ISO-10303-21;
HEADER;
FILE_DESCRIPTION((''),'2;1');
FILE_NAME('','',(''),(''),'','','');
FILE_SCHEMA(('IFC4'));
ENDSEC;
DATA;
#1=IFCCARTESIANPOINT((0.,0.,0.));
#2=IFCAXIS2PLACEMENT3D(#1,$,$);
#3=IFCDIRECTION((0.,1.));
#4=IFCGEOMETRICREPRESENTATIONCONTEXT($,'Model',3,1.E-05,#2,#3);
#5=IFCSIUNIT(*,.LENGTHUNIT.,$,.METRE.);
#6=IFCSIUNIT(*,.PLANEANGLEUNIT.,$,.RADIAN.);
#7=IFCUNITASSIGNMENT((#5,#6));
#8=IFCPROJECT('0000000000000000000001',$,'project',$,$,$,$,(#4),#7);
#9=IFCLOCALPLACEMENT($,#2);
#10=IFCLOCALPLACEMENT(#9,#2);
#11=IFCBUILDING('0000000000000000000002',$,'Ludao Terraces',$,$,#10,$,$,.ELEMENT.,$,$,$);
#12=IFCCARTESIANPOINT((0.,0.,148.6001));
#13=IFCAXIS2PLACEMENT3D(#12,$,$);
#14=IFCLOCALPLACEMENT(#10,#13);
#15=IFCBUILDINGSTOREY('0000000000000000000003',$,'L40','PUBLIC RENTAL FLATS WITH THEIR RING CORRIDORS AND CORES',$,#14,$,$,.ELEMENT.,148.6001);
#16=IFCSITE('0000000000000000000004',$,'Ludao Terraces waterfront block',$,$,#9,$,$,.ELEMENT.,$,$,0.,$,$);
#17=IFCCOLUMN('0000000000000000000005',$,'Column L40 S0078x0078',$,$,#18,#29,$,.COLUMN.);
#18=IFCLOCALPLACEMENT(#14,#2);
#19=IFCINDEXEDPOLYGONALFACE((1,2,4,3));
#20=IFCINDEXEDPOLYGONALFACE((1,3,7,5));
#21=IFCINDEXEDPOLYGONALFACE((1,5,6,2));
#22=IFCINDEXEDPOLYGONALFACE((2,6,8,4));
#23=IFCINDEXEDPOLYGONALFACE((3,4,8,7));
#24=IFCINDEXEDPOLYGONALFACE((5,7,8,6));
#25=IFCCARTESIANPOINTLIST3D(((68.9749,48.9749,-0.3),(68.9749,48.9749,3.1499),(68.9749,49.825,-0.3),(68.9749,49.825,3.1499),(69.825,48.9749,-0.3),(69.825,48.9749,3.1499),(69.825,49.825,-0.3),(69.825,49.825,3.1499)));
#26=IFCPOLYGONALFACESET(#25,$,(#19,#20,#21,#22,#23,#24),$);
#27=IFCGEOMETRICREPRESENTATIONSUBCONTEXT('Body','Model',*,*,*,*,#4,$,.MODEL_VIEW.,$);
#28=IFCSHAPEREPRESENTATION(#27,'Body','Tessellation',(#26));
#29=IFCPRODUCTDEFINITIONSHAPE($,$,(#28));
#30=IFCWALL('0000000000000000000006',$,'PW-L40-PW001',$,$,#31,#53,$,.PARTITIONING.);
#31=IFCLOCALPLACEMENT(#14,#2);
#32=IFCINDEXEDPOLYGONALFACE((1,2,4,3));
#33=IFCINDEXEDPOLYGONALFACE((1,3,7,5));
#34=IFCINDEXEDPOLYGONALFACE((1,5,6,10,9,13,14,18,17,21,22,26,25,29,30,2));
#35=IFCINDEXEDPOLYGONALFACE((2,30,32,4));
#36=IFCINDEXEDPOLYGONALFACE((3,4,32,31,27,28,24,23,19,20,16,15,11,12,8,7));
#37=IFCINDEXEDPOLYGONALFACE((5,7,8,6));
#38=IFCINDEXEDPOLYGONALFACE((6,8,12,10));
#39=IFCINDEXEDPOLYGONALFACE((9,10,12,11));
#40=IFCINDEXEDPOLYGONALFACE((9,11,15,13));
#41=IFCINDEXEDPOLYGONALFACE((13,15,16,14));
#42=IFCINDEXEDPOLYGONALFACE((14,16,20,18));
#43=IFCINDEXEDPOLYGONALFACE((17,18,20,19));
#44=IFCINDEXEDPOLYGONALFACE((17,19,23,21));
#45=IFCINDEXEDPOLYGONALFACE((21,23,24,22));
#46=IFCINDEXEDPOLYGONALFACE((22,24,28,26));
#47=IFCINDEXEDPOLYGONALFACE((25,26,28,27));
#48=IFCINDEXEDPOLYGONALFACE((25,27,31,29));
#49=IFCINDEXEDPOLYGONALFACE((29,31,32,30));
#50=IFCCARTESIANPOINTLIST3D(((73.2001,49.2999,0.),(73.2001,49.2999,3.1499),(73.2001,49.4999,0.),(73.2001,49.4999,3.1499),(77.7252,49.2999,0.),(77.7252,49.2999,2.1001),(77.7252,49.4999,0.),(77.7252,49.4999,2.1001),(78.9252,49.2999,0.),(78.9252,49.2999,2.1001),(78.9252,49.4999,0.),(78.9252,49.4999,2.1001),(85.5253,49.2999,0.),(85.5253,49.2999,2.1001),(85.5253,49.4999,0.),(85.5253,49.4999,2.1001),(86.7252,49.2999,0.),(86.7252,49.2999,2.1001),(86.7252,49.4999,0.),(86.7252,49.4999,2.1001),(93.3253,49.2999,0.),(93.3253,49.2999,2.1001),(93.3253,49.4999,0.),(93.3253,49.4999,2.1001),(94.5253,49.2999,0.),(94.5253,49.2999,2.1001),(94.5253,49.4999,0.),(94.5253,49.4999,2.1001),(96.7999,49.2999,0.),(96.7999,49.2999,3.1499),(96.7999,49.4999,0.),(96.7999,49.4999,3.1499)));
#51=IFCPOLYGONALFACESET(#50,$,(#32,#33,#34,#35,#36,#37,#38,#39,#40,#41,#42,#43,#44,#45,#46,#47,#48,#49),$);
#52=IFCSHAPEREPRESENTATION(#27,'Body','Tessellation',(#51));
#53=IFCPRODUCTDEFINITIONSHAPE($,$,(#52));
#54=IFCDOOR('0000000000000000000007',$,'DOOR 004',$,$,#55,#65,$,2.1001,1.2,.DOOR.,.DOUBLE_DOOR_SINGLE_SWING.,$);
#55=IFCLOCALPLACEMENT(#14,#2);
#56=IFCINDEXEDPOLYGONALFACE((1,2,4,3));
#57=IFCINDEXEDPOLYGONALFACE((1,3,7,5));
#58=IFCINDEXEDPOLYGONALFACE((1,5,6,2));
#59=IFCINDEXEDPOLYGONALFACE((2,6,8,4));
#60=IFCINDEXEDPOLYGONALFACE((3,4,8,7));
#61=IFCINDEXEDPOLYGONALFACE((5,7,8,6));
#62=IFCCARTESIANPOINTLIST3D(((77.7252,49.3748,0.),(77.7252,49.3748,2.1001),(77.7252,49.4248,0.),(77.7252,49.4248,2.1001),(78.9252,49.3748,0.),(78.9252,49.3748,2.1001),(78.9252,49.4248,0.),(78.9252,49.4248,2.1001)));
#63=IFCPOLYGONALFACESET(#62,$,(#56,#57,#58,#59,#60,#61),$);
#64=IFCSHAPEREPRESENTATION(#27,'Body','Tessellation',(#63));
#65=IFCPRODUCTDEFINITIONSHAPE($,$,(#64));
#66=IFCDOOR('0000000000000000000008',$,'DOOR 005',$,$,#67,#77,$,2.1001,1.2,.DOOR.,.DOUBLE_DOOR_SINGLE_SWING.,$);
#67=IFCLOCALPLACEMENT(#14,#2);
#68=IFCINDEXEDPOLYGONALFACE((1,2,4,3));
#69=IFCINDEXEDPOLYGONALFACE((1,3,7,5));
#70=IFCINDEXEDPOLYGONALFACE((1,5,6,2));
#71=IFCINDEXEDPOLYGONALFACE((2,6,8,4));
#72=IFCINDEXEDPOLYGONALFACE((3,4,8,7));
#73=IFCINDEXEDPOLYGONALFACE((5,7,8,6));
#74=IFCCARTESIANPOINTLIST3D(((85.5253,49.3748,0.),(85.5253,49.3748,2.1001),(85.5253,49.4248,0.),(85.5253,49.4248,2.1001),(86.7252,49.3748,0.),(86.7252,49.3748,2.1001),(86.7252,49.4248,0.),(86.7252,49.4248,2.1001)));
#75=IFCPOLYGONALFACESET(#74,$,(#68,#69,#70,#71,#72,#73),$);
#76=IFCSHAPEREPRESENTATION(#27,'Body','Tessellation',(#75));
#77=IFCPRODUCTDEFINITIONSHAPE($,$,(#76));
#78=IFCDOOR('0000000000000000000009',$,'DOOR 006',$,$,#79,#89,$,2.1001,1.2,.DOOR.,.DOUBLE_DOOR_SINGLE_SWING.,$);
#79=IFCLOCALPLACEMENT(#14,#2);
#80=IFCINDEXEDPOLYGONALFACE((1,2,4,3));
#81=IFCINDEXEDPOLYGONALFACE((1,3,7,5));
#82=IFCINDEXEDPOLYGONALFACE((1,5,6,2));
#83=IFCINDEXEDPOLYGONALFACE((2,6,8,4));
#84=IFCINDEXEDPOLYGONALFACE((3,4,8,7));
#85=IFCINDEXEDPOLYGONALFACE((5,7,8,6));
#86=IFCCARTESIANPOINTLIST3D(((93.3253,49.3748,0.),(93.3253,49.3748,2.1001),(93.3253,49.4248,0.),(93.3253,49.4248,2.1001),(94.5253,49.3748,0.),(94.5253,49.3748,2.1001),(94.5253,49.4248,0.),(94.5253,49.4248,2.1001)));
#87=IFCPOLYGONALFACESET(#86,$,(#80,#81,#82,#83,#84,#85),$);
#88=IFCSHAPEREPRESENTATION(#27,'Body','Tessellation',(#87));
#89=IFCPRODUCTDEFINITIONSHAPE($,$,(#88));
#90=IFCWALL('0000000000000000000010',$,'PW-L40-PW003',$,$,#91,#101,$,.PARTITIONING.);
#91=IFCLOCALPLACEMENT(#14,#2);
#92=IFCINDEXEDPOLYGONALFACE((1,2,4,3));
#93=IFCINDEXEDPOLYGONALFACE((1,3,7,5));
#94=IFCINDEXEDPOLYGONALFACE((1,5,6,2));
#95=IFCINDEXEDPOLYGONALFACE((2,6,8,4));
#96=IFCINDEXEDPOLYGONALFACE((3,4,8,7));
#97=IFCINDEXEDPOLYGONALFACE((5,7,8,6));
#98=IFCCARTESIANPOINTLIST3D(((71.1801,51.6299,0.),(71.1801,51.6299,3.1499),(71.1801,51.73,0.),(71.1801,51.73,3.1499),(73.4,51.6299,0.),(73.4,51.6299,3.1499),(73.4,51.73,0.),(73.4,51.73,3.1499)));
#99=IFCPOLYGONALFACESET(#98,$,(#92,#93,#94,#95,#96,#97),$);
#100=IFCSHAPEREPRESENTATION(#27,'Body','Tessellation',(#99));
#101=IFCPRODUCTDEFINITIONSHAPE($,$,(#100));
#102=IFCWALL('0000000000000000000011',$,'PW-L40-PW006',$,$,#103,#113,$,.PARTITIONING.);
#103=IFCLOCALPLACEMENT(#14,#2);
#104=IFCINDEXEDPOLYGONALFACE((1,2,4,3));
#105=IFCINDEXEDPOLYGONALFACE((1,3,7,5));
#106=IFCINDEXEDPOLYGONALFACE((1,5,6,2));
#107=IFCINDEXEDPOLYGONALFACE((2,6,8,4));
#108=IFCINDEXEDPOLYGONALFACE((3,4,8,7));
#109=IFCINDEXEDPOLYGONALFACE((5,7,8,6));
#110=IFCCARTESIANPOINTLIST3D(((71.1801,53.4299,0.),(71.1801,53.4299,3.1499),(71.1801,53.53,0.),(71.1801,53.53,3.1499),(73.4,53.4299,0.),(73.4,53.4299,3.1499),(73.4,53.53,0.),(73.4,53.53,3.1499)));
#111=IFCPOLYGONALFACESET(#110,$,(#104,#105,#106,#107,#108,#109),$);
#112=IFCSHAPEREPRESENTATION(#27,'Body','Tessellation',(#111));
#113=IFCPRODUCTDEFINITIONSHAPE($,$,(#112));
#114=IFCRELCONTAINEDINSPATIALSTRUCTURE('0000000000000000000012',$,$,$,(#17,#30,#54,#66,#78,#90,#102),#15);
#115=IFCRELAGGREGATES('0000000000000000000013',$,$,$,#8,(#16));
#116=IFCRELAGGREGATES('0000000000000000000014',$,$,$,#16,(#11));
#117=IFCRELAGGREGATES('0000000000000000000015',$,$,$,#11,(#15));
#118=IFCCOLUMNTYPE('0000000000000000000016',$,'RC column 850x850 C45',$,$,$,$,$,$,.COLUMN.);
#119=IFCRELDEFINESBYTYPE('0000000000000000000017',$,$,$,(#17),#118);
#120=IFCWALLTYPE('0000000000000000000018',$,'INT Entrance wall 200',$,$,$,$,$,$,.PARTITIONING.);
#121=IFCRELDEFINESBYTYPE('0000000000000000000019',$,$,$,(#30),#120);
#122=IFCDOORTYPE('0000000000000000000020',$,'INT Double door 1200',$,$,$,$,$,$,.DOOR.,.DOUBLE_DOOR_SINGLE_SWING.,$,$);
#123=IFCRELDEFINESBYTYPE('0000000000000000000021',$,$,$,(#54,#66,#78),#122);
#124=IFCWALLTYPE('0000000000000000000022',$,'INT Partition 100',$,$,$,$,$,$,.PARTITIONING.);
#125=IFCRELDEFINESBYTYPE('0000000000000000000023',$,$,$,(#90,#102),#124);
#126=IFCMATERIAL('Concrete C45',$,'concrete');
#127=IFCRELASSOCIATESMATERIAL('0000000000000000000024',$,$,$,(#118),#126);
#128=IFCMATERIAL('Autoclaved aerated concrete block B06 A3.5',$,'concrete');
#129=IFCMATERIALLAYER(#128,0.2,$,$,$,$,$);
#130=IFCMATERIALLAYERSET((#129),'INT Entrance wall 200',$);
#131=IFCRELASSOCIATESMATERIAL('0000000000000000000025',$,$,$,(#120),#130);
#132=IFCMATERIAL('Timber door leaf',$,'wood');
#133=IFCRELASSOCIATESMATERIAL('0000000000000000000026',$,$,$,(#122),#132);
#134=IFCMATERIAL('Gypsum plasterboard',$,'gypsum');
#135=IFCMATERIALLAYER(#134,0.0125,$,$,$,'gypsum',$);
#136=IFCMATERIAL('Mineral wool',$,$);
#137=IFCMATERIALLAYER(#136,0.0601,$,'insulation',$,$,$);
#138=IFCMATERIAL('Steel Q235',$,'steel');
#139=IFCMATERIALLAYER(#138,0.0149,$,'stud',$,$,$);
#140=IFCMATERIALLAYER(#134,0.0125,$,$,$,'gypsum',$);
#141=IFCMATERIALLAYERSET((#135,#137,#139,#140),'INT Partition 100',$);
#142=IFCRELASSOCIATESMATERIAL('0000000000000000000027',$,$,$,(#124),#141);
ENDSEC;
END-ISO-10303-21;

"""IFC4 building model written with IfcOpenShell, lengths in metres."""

from ifc_helpers import new_model, si_unit, direction, frame, frame_2d, origin, origin_2d, place, context, subcontext, project, spatial, rectangle, extrude, material, layer, layer_set, material_profile, profile_set, type_object, element, fill, save


model = new_model("IFC4")

# Units and contexts
model_context = context("Model", 3, precision=1e-05, world=origin(), true_north=direction((0.0, 1.0)))
body_context = subcontext(model_context, "Body", "Model", "MODEL_VIEW")
ifc_project = project(units=[si_unit("LENGTHUNIT", "METRE"), si_unit("PLANEANGLEUNIT", "RADIAN")], contexts=[model_context])

# Site, building, storey
site_placement = place(None, origin())
site = spatial("IfcSite", under=ifc_project, at=site_placement, Name="Ludao Terraces waterfront block", CompositionType="ELEMENT", RefElevation=0.0)
building_placement = place(site_placement, origin())
building = spatial("IfcBuilding", under=site, at=building_placement, Name="Ludao Terraces", CompositionType="ELEMENT")
storey_placement = place(building_placement, frame((0.0, 0.0, 148.6001)))
storey = spatial("IfcBuildingStorey", under=building, at=storey_placement, Name="L40", Description="PUBLIC RENTAL FLATS WITH THEIR RING CORRIDORS AND CORES", CompositionType="ELEMENT", Elevation=148.6001)

# Column
ifc_material_1 = material(Name="Concrete C45", Category="concrete")
ifc_material_profile = material_profile(ifc_material_1, rectangle(XDim=0.8501, YDim=0.8501, at=origin_2d()), Name="850 X 850")
ifc_profile_set = profile_set([ifc_material_profile], Name="Concrete C45")
column_type = type_object("IfcColumnType", Name="RC column 850x850 C45", PredefinedType="COLUMN", material=ifc_profile_set)
column_placement = place(storey_placement, frame((69.3999, 49.3999, -0.3), z_axis=(0.0, 0.0, 1.0), x_axis=(1.0, 0.0, 0.0)))
element("IfcColumn", 1, at=column_placement, inside=storey, type_object=column_type, Name="Column L40 S0078x0078", PredefinedType="COLUMN", context=body_context, shape_type="SweptSolid", body=[
    extrude(rectangle(XDim=0.8501, YDim=0.8501, at=origin_2d()), origin(), (0.0, 0.0, 1.0), 3.45),
])

# Wall, openings, doors
ifc_material_2 = material(Name="Autoclaved aerated concrete block B06 A3.5", Category="concrete")
ifc_layer_1 = layer(ifc_material_2, 0.2)
ifc_layer_set_1 = layer_set([ifc_layer_1], Name="INT Entrance wall 200")
wall_type_1 = type_object("IfcWallType", Name="INT Entrance wall 200", PredefinedType="PARTITIONING", material=ifc_layer_set_1)
wall_1_placement = place(storey_placement, frame((73.2002, 49.3999, 0.0), z_axis=(0.0, 0.0, 1.0), x_axis=(1.0, 0.0, 0.0)))
wall_1 = element("IfcWall", 2, at=wall_1_placement, inside=storey, type_object=wall_type_1, Name="PW-L40-PW001", PredefinedType="PARTITIONING", context=body_context, shape_type="SweptSolid", body=[
    extrude(rectangle(XDim=23.5999, YDim=0.2, at=frame_2d((11.7998, 0.0))), origin(), (0.0, 0.0, 1.0), 3.1499),
])
opening_1_placement = place(wall_1_placement, frame((4.5249, 0.0, 0.0)))
opening_1 = element("IfcOpeningElement", 3, at=opening_1_placement, cuts=wall_1, PredefinedType="OPENING", context=body_context, shape_type="SweptSolid", body=[
    extrude(rectangle(XDim=1.2, YDim=2.1001, at=frame_2d((0.6001, 1.05))), frame((0.0, 0.1099, 0.0), z_axis=(0.0, -1.0, 0.0), x_axis=(1.0, 0.0, 0.0)), (0.0, 0.0, 1.0), 0.22),
])
opening_2_placement = place(wall_1_placement, frame((12.325, 0.0, 0.0)))
opening_2 = element("IfcOpeningElement", 4, at=opening_2_placement, cuts=wall_1, PredefinedType="OPENING", context=body_context, shape_type="SweptSolid", body=[
    extrude(rectangle(XDim=1.2, YDim=2.1001, at=frame_2d((0.6001, 1.05))), frame((0.0, 0.1099, 0.0), z_axis=(0.0, -1.0, 0.0), x_axis=(1.0, 0.0, 0.0)), (0.0, 0.0, 1.0), 0.22),
])
opening_3_placement = place(wall_1_placement, frame((20.125, 0.0, 0.0)))
opening_3 = element("IfcOpeningElement", 5, at=opening_3_placement, cuts=wall_1, PredefinedType="OPENING", context=body_context, shape_type="SweptSolid", body=[
    extrude(rectangle(XDim=1.2, YDim=2.1001, at=frame_2d((0.6001, 1.05))), frame((0.0, 0.1099, 0.0), z_axis=(0.0, -1.0, 0.0), x_axis=(1.0, 0.0, 0.0)), (0.0, 0.0, 1.0), 0.22),
])
ifc_material_3 = material(Name="Timber door leaf", Category="wood")
door_type_1 = type_object("IfcDoorType", Name="INT Double door 1200", OperationType="DOUBLE_DOOR_SINGLE_SWING", PredefinedType="DOOR", material=ifc_material_3)
door_1_placement = place(opening_1_placement, origin())
door_1 = element("IfcDoor", 6, at=door_1_placement, inside=storey, type_object=door_type_1, Name="DOOR 004", OperationType="DOUBLE_DOOR_SINGLE_SWING", OverallHeight=2.1001, OverallWidth=1.2, PredefinedType="DOOR", context=body_context, shape_type="SweptSolid", body=[
    extrude(rectangle(XDim=1.2, YDim=2.1001, at=frame_2d((0.6001, 1.05))), frame((0.0, 0.0249, 0.0), z_axis=(0.0, -1.0, 0.0), x_axis=(1.0, 0.0, 0.0)), (0.0, 0.0, 1.0), 0.05),
])
fill(opening_1, door_1)
door_2_placement = place(opening_2_placement, origin())
door_2 = element("IfcDoor", 7, at=door_2_placement, inside=storey, type_object=door_type_1, Name="DOOR 005", OperationType="DOUBLE_DOOR_SINGLE_SWING", OverallHeight=2.1001, OverallWidth=1.2, PredefinedType="DOOR", context=body_context, shape_type="SweptSolid", body=[
    extrude(rectangle(XDim=1.2, YDim=2.1001, at=frame_2d((0.6001, 1.05))), frame((0.0, 0.0249, 0.0), z_axis=(0.0, -1.0, 0.0), x_axis=(1.0, 0.0, 0.0)), (0.0, 0.0, 1.0), 0.05),
])
fill(opening_2, door_2)
door_3_placement = place(opening_3_placement, origin())
door_3 = element("IfcDoor", 8, at=door_3_placement, inside=storey, type_object=door_type_1, Name="DOOR 006", OperationType="DOUBLE_DOOR_SINGLE_SWING", OverallHeight=2.1001, OverallWidth=1.2, PredefinedType="DOOR", context=body_context, shape_type="SweptSolid", body=[
    extrude(rectangle(XDim=1.2, YDim=2.1001, at=frame_2d((0.6001, 1.05))), frame((0.0, 0.0249, 0.0), z_axis=(0.0, -1.0, 0.0), x_axis=(1.0, 0.0, 0.0)), (0.0, 0.0, 1.0), 0.05),
])
fill(opening_3, door_3)

# Walls
ifc_material_4 = material(Name="Gypsum plasterboard", Category="gypsum")
ifc_layer_2 = layer(ifc_material_4, 0.0125, Category="gypsum")
ifc_material_5 = material(Name="Mineral wool")
ifc_layer_3 = layer(ifc_material_5, 0.0601, Name="insulation")
ifc_material_6 = material(Name="Steel Q235", Category="steel")
ifc_layer_4 = layer(ifc_material_6, 0.0149, Name="stud")
ifc_layer_5 = layer(ifc_material_4, 0.0125, Category="gypsum")
ifc_layer_set_2 = layer_set([ifc_layer_2, ifc_layer_3, ifc_layer_4, ifc_layer_5], Name="INT Partition 100")
wall_type_2 = type_object("IfcWallType", Name="INT Partition 100", PredefinedType="PARTITIONING", material=ifc_layer_set_2)
for number, where, z_axis, x_axis, name in (
    (9, (71.1802, 51.6799, 0.0), (0.0, 0.0, 1.0), (1.0, 0.0, 0.0), "PW-L40-PW003"),
    (10, (71.1802, 53.48, 0.0), (0.0, 0.0, 1.0), (1.0, 0.0, 0.0), "PW-L40-PW006"),
):
    element("IfcWall", number, at=place(storey_placement, frame(where, z_axis=z_axis, x_axis=x_axis)), inside=storey, type_object=wall_type_2, Name=name, PredefinedType="PARTITIONING", context=body_context, shape_type="SweptSolid", body=[
        extrude(rectangle(XDim=2.22, YDim=0.1001, at=frame_2d((1.1099, 0.0))), origin(), (0.0, 0.0, 1.0), 3.1499),
    ])

save(model, "model.ifc")
